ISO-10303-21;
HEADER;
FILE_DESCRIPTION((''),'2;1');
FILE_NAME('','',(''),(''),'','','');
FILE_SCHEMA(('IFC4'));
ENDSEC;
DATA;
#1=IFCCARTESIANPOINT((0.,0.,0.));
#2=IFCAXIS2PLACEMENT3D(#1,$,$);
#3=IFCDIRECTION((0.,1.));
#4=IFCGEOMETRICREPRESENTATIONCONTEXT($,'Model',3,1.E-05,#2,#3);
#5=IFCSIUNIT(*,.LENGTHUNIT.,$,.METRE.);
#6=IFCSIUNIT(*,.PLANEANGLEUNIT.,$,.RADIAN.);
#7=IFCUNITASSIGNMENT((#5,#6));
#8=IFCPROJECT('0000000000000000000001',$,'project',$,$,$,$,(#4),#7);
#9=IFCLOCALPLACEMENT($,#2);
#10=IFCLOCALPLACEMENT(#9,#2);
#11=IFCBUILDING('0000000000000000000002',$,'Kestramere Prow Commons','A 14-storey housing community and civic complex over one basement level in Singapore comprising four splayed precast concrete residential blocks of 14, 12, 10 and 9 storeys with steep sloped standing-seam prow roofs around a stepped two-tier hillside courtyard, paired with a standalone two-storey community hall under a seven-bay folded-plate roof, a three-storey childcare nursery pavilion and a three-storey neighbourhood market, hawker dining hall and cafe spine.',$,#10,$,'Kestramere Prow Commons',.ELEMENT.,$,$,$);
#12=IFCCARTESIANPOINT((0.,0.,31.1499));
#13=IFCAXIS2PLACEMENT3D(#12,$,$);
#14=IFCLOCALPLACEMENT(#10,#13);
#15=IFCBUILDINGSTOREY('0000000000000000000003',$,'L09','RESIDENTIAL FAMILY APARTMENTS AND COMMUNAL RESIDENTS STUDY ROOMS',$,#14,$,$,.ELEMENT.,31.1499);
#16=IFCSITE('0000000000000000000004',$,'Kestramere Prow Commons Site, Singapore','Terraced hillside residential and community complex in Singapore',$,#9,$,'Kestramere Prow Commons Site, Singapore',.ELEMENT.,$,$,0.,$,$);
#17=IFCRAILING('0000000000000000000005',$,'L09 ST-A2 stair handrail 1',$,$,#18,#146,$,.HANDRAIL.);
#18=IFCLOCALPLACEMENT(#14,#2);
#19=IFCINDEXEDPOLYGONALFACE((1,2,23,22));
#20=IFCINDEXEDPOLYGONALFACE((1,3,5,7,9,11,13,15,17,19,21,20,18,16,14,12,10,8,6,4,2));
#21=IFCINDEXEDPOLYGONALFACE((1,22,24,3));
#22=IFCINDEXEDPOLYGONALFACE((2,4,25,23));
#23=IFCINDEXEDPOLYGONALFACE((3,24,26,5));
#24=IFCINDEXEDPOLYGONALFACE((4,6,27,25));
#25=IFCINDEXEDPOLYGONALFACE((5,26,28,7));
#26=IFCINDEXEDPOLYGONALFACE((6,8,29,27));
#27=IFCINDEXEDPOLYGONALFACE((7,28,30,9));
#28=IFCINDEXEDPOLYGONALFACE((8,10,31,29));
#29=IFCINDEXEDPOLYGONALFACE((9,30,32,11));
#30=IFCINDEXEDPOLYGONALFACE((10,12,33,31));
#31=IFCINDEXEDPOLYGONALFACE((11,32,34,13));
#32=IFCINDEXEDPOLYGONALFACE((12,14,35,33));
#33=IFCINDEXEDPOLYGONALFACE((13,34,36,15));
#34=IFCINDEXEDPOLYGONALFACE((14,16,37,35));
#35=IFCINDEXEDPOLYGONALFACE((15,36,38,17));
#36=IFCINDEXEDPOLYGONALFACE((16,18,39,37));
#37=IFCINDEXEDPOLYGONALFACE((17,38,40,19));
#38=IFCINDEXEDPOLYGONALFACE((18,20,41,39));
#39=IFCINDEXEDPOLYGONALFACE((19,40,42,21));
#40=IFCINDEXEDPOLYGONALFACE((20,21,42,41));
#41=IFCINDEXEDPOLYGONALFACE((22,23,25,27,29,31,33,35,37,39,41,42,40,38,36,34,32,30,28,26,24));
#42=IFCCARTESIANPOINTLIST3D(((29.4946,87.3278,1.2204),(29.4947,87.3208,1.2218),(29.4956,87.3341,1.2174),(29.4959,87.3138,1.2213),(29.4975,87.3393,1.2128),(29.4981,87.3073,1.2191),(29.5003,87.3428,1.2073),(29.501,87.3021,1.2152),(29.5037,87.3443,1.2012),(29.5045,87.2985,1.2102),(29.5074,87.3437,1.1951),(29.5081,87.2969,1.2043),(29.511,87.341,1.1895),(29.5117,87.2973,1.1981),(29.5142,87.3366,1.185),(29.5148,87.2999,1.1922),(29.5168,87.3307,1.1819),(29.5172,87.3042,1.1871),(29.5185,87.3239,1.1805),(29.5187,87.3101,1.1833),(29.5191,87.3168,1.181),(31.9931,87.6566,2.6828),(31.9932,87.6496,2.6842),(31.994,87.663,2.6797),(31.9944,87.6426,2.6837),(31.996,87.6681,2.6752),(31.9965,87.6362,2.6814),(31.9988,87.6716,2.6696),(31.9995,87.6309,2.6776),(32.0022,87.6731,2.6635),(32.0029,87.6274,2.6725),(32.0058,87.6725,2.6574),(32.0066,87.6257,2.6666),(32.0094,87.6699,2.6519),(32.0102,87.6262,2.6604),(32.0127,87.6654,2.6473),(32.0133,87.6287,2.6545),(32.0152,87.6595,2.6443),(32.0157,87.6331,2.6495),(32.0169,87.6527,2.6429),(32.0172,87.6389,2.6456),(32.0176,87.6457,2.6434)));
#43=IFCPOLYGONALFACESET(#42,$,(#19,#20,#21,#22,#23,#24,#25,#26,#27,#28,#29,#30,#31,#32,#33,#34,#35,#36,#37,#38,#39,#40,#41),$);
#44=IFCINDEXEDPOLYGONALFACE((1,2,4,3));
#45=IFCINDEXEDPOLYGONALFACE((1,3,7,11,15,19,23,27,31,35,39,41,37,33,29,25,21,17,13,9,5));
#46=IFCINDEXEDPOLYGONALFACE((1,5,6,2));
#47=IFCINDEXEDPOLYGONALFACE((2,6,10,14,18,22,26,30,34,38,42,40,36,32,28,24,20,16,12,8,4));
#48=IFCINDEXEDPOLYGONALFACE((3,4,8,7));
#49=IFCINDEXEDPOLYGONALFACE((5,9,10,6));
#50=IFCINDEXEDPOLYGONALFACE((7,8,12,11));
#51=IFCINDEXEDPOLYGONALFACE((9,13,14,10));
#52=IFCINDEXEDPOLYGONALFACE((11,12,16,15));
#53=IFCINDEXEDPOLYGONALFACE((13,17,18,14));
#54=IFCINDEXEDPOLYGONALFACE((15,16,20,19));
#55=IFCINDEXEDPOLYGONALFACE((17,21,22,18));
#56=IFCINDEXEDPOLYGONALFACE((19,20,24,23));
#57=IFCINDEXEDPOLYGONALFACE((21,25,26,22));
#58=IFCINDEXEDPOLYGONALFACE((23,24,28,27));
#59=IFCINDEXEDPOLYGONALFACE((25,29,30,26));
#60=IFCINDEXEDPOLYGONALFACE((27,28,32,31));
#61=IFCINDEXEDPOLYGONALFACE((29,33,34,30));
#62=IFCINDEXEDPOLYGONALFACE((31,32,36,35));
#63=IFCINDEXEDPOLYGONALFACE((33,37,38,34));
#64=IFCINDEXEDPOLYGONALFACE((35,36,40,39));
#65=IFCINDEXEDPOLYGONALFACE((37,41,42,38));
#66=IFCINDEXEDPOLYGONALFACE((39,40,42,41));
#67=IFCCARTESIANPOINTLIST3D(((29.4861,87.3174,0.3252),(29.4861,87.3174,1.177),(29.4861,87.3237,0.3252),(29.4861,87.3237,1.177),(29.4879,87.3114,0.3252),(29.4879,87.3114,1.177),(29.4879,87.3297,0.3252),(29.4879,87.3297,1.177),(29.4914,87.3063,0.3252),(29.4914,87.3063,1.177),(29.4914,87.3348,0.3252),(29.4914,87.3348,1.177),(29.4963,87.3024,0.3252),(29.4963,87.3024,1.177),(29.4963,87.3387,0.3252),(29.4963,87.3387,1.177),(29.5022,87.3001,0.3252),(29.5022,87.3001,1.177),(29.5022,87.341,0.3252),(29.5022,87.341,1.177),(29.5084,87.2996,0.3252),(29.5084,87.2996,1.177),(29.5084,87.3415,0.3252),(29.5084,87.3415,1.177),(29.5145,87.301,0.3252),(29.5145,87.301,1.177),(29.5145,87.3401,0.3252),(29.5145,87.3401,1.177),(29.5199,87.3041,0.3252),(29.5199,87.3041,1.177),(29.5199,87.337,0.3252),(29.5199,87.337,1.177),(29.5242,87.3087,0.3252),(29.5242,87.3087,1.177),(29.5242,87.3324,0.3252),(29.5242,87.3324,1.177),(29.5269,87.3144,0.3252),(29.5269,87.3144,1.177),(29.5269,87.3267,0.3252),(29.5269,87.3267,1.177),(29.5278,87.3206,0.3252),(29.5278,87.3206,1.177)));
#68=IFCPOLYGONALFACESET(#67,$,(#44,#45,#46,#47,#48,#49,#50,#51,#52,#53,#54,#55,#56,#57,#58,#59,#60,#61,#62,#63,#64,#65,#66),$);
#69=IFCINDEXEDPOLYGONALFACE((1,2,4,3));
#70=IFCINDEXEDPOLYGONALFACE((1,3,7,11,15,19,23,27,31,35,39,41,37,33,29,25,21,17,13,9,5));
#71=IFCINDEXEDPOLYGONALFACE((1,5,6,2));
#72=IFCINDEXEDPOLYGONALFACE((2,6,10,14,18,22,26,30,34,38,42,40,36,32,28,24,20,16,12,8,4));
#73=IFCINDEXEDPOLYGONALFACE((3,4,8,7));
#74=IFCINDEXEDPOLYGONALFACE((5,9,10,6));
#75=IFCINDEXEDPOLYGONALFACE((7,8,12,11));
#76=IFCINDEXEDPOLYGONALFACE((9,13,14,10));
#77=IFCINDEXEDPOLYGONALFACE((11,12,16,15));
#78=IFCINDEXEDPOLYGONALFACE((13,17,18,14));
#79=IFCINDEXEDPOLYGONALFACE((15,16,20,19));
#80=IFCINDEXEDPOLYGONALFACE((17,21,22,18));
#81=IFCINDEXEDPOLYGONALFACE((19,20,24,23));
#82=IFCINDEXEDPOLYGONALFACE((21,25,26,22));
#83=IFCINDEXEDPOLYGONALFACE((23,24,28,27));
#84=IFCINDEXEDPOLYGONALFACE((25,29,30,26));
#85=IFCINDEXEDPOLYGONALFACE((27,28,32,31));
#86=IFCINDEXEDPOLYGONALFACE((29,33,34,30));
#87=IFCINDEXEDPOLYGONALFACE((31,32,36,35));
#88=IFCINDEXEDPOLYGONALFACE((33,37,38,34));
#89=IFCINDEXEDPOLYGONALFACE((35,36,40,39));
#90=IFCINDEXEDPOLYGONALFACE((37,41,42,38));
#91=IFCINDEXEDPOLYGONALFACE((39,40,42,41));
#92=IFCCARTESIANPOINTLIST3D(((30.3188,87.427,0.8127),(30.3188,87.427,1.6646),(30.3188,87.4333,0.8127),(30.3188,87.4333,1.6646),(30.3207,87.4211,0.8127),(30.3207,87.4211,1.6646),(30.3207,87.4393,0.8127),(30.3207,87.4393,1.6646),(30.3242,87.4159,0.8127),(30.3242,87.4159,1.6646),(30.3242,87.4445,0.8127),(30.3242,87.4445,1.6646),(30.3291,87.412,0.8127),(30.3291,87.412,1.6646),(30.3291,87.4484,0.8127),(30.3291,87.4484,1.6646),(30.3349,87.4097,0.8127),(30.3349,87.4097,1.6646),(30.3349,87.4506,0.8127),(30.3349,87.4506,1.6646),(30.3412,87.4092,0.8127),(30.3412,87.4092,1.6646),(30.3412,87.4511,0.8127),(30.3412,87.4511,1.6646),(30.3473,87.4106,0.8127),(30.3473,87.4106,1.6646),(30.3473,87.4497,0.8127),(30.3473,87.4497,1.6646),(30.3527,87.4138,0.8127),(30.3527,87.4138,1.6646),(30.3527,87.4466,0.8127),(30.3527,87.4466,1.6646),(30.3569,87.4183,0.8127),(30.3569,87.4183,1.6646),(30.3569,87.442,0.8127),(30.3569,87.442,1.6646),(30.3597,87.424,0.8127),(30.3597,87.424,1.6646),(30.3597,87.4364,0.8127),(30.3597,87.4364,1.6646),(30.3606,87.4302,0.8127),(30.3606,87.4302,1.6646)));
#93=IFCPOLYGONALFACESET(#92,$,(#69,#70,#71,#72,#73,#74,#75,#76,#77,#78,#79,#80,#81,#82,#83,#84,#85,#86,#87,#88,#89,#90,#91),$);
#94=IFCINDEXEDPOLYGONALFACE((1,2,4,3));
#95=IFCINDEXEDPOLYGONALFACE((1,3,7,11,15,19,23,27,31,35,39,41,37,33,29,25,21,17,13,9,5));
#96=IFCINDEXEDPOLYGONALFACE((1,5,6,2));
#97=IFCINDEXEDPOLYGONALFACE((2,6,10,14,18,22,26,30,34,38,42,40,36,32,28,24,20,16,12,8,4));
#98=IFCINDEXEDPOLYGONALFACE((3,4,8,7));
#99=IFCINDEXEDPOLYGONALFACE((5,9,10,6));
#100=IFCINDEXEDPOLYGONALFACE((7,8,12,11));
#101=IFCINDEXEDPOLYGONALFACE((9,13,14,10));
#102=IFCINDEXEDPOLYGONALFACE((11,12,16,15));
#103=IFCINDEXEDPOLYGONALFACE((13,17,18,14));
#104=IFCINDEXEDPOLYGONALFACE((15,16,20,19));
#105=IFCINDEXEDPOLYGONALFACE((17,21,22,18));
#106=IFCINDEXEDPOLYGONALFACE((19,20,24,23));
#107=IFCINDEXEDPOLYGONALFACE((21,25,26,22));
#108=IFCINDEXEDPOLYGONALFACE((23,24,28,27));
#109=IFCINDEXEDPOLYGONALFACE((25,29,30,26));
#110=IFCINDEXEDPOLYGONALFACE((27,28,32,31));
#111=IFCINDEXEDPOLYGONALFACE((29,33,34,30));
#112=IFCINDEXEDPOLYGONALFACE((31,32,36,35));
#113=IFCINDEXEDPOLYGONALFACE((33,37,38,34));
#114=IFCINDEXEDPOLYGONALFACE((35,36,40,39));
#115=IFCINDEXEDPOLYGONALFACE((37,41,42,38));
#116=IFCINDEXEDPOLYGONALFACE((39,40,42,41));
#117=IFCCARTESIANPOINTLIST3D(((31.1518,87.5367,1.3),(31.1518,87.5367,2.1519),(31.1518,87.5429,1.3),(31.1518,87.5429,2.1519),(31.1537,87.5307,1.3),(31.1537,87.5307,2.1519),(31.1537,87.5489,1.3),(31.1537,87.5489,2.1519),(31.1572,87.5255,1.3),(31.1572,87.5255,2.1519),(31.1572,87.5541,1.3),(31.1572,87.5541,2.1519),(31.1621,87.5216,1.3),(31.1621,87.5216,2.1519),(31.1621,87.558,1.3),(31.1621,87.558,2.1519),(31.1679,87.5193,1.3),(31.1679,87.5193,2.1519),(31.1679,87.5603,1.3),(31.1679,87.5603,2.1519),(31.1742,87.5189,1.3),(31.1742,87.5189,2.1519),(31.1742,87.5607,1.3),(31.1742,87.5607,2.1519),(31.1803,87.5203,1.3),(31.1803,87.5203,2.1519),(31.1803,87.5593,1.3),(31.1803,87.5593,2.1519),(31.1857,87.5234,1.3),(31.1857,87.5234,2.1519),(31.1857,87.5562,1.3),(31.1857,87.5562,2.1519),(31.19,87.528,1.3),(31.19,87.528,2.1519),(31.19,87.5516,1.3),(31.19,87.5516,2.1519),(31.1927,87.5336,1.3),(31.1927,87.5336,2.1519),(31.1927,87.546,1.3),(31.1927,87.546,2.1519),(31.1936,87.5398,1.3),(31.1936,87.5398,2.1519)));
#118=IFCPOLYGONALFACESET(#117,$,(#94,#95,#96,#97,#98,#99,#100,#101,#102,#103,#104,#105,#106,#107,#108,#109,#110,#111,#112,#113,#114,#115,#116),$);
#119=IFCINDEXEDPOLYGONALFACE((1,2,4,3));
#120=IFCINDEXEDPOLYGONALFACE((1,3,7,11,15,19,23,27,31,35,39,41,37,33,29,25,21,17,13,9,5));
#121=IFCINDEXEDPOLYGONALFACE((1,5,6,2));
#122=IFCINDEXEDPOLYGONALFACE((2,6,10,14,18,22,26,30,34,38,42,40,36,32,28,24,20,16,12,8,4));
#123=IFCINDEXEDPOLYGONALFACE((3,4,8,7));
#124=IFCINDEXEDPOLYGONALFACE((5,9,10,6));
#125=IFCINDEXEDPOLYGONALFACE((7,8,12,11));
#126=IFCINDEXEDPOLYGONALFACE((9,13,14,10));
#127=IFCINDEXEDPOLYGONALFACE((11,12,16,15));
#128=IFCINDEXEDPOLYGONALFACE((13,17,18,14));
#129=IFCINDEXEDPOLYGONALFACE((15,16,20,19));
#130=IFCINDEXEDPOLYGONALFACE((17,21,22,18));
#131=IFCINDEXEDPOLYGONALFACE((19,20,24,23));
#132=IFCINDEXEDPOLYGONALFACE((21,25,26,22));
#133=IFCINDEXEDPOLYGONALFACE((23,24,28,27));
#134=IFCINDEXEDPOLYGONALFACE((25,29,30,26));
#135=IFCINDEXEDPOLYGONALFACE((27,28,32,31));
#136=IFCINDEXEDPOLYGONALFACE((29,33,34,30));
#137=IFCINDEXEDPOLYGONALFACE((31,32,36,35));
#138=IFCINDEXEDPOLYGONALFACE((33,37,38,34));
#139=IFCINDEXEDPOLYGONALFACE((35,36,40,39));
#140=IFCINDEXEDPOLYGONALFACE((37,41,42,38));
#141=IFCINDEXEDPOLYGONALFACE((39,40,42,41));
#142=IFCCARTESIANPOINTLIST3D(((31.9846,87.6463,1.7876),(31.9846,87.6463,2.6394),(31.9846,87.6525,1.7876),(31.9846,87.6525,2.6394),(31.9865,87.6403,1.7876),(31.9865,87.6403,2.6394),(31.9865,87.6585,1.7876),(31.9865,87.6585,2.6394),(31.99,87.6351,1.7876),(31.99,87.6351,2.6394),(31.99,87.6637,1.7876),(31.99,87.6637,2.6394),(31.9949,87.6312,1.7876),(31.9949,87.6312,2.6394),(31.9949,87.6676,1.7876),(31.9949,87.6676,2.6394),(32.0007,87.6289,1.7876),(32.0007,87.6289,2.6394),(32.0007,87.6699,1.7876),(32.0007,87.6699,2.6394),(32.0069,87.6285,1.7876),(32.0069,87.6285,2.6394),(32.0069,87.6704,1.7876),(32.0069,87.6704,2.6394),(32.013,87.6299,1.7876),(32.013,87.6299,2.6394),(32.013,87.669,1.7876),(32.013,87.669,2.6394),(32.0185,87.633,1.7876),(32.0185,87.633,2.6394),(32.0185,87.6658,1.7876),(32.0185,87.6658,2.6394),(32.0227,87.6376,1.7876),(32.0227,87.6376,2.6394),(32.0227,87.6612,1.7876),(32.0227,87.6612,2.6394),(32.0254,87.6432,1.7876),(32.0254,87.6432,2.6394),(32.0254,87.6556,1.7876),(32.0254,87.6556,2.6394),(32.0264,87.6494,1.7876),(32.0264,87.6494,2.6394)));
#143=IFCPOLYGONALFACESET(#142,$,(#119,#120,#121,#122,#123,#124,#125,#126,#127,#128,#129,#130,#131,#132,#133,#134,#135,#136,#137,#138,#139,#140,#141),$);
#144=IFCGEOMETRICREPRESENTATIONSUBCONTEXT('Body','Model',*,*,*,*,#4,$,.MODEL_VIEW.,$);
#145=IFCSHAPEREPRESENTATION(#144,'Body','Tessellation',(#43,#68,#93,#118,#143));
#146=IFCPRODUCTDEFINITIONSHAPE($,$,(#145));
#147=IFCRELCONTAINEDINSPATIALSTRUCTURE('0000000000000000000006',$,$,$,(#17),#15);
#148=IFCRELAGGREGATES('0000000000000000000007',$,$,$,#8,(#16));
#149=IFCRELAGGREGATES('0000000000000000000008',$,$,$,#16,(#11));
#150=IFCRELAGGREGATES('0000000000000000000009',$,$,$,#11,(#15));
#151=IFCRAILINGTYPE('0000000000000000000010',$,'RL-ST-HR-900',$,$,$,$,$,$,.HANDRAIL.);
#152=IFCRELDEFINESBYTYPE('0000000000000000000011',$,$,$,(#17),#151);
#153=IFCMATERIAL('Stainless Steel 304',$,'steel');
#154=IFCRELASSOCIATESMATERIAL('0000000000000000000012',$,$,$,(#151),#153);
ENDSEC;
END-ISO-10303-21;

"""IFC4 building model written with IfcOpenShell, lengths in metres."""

from ifc_helpers import new_model, si_unit, direction, frame, origin, origin_2d, place, context, subcontext, project, spatial, circle, extrude, material, type_object, element, save


model = new_model("IFC4")

# Units and contexts
model_context = context("Model", 3, precision=1e-05, world=origin(), true_north=direction((0.0, 1.0)))
body_context = subcontext(model_context, "Body", "Model", "MODEL_VIEW")
ifc_project = project(units=[si_unit("LENGTHUNIT", "METRE"), si_unit("PLANEANGLEUNIT", "RADIAN")], contexts=[model_context])

# Site, building, storey
site_placement = place(None, origin())
site = spatial("IfcSite", under=ifc_project, at=site_placement, Name="Kestramere Prow Commons Site, Singapore", Description="Terraced hillside residential and community complex in Singapore", LongName="Kestramere Prow Commons Site, Singapore", CompositionType="ELEMENT", RefElevation=0.0)
building_placement = place(site_placement, origin())
building = spatial("IfcBuilding", under=site, at=building_placement, Name="Kestramere Prow Commons", Description="A 14-storey housing community and civic complex over one basement level in Singapore comprising four splayed precast concrete residential blocks of 14, 12, 10 and 9 storeys with steep sloped standing-seam prow roofs around a stepped two-tier hillside courtyard, paired with a standalone two-storey community hall under a seven-bay folded-plate roof, a three-storey childcare nursery pavilion and a three-storey neighbourhood market, hawker dining hall and cafe spine.", LongName="Kestramere Prow Commons", CompositionType="ELEMENT")
storey_placement = place(building_placement, frame((0.0, 0.0, 31.1499)))
storey = spatial("IfcBuildingStorey", under=building, at=storey_placement, Name="L09", Description="RESIDENTIAL FAMILY APARTMENTS AND COMMUNAL RESIDENTS STUDY ROOMS", CompositionType="ELEMENT", Elevation=31.1499)

# Railing
ifc_material_1 = material(Name="Stainless Steel 304", Category="steel")
railing_type_1 = type_object("IfcRailingType", Name="RL-ST-HR-900", PredefinedType="HANDRAIL", material=ifc_material_1)
railing_1_placement = place(storey_placement, frame((29.5068, 87.3206, 0.3252)))
element("IfcRailing", 1, at=railing_1_placement, inside=storey, type_object=railing_type_1, Name="L09 ST-A2 stair handrail 1", PredefinedType="HANDRAIL", context=body_context, shape_type="SweptSolid", body=[
    extrude(circle(Radius=0.0239, at=origin_2d()), frame((0.0, 0.0, 0.876), z_axis=(0.857523, 0.112867, 0.501912), x_axis=(-0.130495, 0.991449, 0.0)), (0.0, 0.0, 1.0), 2.9136),
    extrude(circle(Radius=0.021, at=origin_2d()), origin(), (0.0, 0.0, 1.0), 0.8518),
    extrude(circle(Radius=0.021, at=origin_2d()), frame((0.8328, 0.1096, 0.4875)), (0.0, 0.0, 1.0), 0.8518),
    extrude(circle(Radius=0.021, at=origin_2d()), frame((1.6658, 0.2192, 0.9749)), (0.0, 0.0, 1.0), 0.8518),
    extrude(circle(Radius=0.021, at=origin_2d()), frame((2.4985, 0.3289, 1.4624)), (0.0, 0.0, 1.0), 0.8518),
])

save(model, "model.ifc")
